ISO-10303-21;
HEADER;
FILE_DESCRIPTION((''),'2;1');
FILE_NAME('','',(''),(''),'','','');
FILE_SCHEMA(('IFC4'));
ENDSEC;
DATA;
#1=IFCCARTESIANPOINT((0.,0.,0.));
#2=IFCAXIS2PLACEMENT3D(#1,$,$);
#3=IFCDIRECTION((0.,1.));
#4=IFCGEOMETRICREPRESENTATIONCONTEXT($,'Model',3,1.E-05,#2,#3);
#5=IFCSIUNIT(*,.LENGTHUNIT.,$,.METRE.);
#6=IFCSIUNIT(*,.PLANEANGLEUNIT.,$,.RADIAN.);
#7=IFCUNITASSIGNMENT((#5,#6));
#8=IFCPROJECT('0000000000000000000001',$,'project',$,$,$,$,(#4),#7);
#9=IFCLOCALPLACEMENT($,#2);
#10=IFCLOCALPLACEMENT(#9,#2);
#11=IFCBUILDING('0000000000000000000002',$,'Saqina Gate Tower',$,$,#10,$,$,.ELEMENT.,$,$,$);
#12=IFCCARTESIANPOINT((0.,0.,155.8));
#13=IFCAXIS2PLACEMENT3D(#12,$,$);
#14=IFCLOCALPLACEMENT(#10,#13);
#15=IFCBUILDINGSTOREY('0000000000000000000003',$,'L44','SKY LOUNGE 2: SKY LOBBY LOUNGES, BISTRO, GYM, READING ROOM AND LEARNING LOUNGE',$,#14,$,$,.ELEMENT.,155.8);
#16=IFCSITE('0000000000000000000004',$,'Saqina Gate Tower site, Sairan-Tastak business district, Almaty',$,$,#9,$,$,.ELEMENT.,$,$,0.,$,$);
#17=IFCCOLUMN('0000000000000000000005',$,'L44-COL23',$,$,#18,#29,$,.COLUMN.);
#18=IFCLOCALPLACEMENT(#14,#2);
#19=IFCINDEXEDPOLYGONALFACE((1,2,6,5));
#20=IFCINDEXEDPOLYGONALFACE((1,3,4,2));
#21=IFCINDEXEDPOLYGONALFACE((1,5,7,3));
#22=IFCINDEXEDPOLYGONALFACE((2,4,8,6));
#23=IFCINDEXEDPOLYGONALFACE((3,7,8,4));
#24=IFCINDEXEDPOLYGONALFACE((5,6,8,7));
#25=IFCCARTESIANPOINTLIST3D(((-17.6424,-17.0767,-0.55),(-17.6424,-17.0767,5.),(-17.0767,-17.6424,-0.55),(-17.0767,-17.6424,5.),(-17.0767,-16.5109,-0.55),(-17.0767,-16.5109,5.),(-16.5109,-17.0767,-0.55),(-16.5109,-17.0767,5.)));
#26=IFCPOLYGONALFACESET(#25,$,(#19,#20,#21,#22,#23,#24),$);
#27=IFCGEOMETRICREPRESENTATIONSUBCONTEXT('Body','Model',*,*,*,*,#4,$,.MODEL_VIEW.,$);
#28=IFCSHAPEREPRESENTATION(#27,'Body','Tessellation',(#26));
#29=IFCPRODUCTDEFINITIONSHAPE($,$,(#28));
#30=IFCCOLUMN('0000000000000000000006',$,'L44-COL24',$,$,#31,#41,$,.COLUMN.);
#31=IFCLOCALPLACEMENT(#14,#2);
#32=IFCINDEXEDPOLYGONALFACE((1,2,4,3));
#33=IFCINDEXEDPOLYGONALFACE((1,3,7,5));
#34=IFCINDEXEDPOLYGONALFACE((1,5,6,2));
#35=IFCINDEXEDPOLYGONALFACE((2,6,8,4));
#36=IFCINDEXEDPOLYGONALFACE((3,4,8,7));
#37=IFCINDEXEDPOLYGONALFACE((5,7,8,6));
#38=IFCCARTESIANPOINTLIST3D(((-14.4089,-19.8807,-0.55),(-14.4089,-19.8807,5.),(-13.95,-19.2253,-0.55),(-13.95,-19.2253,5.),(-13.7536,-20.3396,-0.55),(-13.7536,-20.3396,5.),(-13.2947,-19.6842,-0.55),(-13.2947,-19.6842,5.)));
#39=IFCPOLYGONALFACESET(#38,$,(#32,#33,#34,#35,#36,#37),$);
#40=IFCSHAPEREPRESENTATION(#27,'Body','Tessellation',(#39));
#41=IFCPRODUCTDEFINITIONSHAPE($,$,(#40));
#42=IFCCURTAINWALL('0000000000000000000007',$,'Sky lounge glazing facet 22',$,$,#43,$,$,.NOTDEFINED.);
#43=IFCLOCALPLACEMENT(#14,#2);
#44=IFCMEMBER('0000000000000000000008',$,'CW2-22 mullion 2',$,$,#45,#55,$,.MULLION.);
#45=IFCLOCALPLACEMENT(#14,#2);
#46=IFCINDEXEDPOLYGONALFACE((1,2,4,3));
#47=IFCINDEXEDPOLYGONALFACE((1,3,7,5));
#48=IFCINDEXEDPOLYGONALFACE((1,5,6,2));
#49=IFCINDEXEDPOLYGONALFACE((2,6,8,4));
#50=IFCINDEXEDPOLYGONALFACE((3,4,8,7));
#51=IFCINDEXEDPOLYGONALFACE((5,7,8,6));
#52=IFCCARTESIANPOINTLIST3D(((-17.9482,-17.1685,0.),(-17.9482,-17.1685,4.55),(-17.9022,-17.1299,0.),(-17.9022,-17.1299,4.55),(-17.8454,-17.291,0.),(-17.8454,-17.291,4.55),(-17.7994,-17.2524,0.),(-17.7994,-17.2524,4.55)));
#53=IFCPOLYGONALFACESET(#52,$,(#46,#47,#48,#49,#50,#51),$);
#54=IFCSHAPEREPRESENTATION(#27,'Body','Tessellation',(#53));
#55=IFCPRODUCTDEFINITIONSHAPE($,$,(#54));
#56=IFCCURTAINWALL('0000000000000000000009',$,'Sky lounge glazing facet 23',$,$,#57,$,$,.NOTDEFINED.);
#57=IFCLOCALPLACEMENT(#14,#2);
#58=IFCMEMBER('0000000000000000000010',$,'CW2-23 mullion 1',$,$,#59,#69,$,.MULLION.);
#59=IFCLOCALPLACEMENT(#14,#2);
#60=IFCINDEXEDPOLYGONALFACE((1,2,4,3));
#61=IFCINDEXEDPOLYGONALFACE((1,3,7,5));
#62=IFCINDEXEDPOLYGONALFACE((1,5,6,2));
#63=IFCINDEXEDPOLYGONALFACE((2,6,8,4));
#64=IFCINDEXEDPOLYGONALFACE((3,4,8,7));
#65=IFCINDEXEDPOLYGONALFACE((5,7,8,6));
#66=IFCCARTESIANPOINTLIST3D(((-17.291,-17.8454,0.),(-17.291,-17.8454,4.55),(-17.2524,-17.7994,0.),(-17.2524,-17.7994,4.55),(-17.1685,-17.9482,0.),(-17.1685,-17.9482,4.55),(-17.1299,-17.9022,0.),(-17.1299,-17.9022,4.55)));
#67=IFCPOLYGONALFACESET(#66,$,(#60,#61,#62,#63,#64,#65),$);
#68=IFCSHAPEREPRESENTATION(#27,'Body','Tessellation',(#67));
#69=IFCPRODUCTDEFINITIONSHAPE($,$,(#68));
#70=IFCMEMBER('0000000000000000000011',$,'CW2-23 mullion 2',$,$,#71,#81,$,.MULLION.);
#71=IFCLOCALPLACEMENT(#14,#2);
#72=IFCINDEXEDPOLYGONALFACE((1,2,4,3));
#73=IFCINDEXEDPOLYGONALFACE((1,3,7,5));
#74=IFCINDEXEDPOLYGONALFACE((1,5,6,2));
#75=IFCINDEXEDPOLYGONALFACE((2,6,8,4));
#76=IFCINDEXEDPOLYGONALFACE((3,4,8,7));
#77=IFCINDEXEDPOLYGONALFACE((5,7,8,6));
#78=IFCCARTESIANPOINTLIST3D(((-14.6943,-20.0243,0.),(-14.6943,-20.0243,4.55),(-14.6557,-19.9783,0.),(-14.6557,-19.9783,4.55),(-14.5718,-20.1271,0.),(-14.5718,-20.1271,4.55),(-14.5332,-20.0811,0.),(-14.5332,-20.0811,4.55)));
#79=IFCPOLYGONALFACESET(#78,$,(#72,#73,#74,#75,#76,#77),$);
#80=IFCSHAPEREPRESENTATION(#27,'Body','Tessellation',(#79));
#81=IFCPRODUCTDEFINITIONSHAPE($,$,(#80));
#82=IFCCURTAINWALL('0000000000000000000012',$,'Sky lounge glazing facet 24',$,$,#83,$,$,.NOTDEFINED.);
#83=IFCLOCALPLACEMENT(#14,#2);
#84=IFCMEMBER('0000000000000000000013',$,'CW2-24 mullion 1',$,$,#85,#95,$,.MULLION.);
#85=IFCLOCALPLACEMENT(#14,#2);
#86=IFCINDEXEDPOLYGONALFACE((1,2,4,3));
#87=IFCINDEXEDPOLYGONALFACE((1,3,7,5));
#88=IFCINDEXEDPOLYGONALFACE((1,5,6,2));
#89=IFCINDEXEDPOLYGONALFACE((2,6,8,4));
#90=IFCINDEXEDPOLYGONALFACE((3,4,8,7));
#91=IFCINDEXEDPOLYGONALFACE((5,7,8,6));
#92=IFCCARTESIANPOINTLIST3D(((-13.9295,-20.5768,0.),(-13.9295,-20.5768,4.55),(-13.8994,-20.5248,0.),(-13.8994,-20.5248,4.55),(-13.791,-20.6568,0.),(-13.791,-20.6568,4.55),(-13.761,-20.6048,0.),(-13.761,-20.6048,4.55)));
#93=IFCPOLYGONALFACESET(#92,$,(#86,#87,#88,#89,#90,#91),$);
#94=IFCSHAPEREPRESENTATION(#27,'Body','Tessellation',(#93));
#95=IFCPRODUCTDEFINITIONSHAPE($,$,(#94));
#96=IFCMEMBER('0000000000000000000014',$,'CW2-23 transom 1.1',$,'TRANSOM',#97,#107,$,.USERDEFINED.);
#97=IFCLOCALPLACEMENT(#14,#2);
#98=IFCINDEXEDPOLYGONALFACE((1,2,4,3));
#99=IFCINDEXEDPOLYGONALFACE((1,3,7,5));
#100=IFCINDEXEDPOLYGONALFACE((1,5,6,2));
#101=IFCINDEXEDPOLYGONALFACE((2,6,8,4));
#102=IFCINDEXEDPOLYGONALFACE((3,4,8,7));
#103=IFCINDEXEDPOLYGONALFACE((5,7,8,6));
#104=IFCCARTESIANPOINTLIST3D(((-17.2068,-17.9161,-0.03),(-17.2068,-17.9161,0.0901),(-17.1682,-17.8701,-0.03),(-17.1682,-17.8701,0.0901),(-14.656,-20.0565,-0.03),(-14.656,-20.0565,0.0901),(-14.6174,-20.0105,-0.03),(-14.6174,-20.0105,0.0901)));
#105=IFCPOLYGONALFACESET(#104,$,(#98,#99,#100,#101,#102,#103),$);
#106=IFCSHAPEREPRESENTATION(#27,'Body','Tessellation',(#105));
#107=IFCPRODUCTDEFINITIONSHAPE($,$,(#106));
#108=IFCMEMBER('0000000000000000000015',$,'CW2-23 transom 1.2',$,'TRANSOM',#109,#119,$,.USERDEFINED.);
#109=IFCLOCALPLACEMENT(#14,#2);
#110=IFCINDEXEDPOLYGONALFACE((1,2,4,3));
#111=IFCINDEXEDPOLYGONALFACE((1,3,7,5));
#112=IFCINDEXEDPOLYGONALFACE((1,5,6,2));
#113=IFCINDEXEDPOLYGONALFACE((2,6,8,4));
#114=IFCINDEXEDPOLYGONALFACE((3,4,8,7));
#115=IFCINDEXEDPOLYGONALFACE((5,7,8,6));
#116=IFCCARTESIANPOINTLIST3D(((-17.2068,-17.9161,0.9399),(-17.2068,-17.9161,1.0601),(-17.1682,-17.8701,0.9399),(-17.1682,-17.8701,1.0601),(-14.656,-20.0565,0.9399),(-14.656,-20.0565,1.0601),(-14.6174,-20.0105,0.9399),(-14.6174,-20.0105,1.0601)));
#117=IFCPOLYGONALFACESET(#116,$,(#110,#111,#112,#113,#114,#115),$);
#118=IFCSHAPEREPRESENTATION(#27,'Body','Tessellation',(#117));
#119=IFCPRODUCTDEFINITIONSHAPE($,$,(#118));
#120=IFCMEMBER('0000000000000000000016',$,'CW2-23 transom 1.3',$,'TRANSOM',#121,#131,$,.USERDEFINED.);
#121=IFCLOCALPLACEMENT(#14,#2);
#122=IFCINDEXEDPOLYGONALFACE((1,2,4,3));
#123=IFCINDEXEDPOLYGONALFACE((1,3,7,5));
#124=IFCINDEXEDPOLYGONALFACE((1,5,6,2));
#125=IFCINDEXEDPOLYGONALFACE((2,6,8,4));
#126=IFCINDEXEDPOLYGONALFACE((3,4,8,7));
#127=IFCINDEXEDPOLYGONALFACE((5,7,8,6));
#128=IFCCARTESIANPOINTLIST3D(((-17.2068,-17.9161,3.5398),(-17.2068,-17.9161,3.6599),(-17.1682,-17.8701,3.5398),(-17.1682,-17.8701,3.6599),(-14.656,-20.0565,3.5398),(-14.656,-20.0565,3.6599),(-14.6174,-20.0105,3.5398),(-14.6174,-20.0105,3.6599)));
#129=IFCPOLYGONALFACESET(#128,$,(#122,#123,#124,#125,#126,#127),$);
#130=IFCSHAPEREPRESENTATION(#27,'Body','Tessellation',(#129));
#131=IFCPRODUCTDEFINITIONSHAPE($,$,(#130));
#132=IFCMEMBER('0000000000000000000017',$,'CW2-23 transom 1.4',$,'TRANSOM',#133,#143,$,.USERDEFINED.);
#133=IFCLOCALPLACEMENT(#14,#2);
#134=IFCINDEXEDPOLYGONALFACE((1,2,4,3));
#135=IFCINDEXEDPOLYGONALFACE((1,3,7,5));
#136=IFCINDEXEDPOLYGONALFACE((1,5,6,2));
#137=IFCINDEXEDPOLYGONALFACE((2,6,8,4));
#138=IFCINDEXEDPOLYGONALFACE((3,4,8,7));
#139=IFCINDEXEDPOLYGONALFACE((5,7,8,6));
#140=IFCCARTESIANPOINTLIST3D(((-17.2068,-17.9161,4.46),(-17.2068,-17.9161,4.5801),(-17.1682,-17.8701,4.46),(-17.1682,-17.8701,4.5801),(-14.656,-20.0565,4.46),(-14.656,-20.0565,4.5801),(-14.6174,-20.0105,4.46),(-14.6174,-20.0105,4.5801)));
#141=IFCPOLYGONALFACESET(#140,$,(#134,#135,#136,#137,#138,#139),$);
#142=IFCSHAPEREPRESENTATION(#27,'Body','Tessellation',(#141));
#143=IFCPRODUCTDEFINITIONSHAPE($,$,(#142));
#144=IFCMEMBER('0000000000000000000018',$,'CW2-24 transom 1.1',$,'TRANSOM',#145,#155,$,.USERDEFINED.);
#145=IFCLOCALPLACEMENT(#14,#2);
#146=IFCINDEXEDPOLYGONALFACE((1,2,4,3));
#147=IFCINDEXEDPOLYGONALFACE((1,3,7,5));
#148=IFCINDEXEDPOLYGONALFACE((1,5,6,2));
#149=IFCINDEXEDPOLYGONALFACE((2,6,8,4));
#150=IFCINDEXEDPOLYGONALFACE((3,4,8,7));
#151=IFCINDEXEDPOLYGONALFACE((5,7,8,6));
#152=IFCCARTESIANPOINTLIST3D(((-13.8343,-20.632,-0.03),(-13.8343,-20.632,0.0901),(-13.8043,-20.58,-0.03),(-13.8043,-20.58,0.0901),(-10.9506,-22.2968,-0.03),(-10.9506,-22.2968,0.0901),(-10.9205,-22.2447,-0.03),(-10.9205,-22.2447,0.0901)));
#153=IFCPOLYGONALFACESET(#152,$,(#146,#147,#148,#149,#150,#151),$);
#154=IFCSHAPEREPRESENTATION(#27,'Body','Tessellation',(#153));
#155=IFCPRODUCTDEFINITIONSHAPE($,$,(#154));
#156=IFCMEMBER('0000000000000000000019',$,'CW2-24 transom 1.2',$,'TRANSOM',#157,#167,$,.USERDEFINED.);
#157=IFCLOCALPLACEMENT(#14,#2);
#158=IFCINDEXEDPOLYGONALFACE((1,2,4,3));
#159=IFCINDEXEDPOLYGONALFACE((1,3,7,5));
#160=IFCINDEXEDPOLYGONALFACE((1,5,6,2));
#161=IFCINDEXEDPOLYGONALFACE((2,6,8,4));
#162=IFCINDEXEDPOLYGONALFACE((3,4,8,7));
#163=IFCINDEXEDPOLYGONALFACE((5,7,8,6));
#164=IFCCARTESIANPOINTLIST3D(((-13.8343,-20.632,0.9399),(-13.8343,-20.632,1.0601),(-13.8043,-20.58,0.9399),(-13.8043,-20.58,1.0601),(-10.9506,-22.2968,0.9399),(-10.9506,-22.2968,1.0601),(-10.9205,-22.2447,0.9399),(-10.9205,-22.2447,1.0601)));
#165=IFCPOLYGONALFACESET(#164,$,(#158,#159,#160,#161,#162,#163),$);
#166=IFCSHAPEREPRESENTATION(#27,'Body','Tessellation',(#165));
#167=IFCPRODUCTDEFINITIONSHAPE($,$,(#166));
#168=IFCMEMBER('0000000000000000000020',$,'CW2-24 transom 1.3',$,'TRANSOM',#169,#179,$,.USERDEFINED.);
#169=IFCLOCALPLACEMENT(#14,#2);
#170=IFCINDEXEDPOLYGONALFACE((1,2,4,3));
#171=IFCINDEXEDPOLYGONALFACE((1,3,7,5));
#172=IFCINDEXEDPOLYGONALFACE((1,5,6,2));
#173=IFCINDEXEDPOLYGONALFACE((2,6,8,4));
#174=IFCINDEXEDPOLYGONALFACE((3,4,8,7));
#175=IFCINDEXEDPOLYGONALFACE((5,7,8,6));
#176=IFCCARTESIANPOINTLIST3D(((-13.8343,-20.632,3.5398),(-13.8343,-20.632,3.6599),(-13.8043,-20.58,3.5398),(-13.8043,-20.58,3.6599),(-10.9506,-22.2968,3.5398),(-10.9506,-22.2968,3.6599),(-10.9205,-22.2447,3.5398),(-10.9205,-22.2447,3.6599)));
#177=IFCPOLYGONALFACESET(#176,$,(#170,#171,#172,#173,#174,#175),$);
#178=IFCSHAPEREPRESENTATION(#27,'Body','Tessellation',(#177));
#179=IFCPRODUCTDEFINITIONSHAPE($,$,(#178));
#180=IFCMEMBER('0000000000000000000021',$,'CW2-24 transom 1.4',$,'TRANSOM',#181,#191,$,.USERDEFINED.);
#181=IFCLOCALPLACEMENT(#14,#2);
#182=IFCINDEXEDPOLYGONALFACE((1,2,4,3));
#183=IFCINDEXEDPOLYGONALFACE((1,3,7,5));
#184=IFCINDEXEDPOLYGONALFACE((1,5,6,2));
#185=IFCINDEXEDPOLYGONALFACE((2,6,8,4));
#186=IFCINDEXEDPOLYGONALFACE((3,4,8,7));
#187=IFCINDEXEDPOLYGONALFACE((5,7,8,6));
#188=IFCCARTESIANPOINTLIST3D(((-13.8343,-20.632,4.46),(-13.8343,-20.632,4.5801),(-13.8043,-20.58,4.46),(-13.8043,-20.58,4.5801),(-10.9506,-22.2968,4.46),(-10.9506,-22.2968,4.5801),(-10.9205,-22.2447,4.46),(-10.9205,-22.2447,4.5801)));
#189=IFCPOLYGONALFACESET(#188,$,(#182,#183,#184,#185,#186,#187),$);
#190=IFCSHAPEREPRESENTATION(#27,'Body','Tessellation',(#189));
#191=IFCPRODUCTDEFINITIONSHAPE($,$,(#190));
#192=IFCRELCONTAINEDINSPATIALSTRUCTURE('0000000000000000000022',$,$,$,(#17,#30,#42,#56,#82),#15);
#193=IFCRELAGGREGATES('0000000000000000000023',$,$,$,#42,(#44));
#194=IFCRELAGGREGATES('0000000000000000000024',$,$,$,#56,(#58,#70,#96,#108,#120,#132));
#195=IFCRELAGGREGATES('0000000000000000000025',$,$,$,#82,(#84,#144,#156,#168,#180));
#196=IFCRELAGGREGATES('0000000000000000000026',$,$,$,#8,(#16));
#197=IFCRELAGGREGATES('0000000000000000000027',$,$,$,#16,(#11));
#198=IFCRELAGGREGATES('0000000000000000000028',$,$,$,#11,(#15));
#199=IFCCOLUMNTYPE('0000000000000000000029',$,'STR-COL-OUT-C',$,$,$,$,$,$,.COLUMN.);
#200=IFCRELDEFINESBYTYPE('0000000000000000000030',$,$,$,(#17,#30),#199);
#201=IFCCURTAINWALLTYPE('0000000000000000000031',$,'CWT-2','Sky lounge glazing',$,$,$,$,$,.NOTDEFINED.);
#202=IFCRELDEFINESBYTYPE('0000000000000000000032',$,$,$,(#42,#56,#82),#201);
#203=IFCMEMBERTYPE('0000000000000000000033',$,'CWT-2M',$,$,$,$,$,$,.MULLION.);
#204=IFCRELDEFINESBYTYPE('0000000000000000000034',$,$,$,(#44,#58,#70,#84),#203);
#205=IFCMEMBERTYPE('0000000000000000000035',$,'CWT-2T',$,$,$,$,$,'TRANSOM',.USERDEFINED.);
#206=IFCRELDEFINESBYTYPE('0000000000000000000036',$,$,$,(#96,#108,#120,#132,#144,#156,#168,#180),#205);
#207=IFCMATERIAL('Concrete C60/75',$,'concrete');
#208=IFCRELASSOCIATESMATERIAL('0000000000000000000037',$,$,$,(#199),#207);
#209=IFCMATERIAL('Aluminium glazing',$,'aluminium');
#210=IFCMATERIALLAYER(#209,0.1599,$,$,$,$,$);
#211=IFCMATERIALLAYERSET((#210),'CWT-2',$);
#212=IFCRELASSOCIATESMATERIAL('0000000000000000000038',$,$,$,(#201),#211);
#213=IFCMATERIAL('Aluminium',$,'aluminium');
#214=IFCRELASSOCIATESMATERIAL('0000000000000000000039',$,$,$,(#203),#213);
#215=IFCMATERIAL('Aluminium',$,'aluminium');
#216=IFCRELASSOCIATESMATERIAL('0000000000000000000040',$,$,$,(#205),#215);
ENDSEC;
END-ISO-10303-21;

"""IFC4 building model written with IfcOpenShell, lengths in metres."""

from ifc_helpers import new_model, si_unit, direction, frame, origin, origin_2d, place, context, subcontext, project, spatial, rectangle, extrude, material, layer, layer_set, material_profile, profile_set, type_object, element, aggregate, save


model = new_model("IFC4")

# Units and contexts
model_context = context("Model", 3, precision=1e-05, world=origin(), true_north=direction((0.0, 1.0)))
body_context = subcontext(model_context, "Body", "Model", "MODEL_VIEW")
ifc_project = project(units=[si_unit("LENGTHUNIT", "METRE"), si_unit("PLANEANGLEUNIT", "RADIAN")], contexts=[model_context])

# Site, building, storey
site_placement = place(None, origin())
site = spatial("IfcSite", under=ifc_project, at=site_placement, Name="Saqina Gate Tower site, Sairan-Tastak business district, Almaty", CompositionType="ELEMENT", RefElevation=0.0)
building_placement = place(site_placement, origin())
building = spatial("IfcBuilding", under=site, at=building_placement, Name="Saqina Gate Tower", CompositionType="ELEMENT")
storey_placement = place(building_placement, frame((0.0, 0.0, 155.8)))
storey = spatial("IfcBuildingStorey", under=building, at=storey_placement, Name="L44", Description="SKY LOUNGE 2: SKY LOBBY LOUNGES, BISTRO, GYM, READING ROOM AND LEARNING LOUNGE", CompositionType="ELEMENT", Elevation=155.8)

# Columns
ifc_material_1 = material(Name="Concrete C60/75", Category="concrete")
ifc_material_profile_1 = material_profile(ifc_material_1, rectangle(XDim=0.8, YDim=0.8, at=origin_2d()), Name="RC 800x800")
ifc_profile_set_1 = profile_set([ifc_material_profile_1], Name="Concrete C60/75")
column_type = type_object("IfcColumnType", Name="STR-COL-OUT-C", PredefinedType="COLUMN", material=ifc_profile_set_1)
for number, where, z_axis, x_axis, name in (
    (1, (-17.0767, -17.0767, -0.55), (0.0, 0.0, 1.0), (-0.707107, -0.707107, 0.0), "L44-COL23"),
    (2, (-13.8518, -19.7825, -0.55), (0.0, 0.0, 1.0), (-0.573576, -0.819152, 0.0), "L44-COL24"),
):
    element("IfcColumn", number, at=place(storey_placement, frame(where, z_axis=z_axis, x_axis=x_axis)), inside=storey, type_object=column_type, Name=name, PredefinedType="COLUMN", context=body_context, shape_type="SweptSolid", body=[
        extrude(rectangle(XDim=0.8, YDim=0.8, at=origin_2d()), origin(), (0.0, 0.0, 1.0), 5.55),
    ])

# Curtain wall, member
ifc_material_2 = material(Name="Aluminium glazing", Category="aluminium")
ifc_layer_1 = layer(ifc_material_2, 0.1599)
ifc_layer_set_1 = layer_set([ifc_layer_1], Name="CWT-2")
curtain_wall_type = type_object("IfcCurtainWallType", Name="CWT-2", Description="Sky lounge glazing", PredefinedType="NOTDEFINED", material=ifc_layer_set_1)
curtain_wall_1_placement = place(storey_placement, origin())
curtain_wall_1 = element("IfcCurtainWall", 3, at=curtain_wall_1_placement, inside=storey, type_object=curtain_wall_type, Name="Sky lounge glazing facet 22", PredefinedType="NOTDEFINED")
ifc_material_3 = material(Name="Aluminium", Category="aluminium")
ifc_material_profile_2 = material_profile(ifc_material_3, rectangle(XDim=0.0601, YDim=0.1599, at=origin_2d()), Name="Aluminium 60x160")
ifc_profile_set_2 = profile_set([ifc_material_profile_2], Name="Aluminium")
member_type_1 = type_object("IfcMemberType", Name="CWT-2M", PredefinedType="MULLION", material=ifc_profile_set_2)
member_1_placement = place(storey_placement, frame((-17.8738, -17.2104, 0.0), z_axis=(0.0, 0.0, 1.0), x_axis=(0.766043, 0.64279, 0.0)))
member_1 = element("IfcMember", 4, at=member_1_placement, type_object=member_type_1, Name="CW2-22 mullion 2", PredefinedType="MULLION", context=body_context, shape_type="SweptSolid", body=[
    extrude(rectangle(XDim=0.0601, YDim=0.1599, at=origin_2d()), origin(), (0.0, 0.0, 1.0), 4.55),
])

# Curtain wall, members
curtain_wall_2_placement = place(storey_placement, origin())
curtain_wall_2 = element("IfcCurtainWall", 5, at=curtain_wall_2_placement, inside=storey, type_object=curtain_wall_type, Name="Sky lounge glazing facet 23", PredefinedType="NOTDEFINED")
member_2_placement = place(storey_placement, frame((-17.2104, -17.8738, 0.0), z_axis=(0.0, 0.0, 1.0), x_axis=(0.64279, 0.766043, 0.0)))
member_2 = element("IfcMember", 6, at=member_2_placement, type_object=member_type_1, Name="CW2-23 mullion 1", PredefinedType="MULLION", context=body_context, shape_type="SweptSolid", body=[
    extrude(rectangle(XDim=0.0601, YDim=0.1599, at=origin_2d()), origin(), (0.0, 0.0, 1.0), 4.55),
])
member_3_placement = place(storey_placement, frame((-14.6138, -20.0527, 0.0), z_axis=(0.0, 0.0, 1.0), x_axis=(0.64279, 0.766043, 0.0)))
member_3 = element("IfcMember", 7, at=member_3_placement, type_object=member_type_1, Name="CW2-23 mullion 2", PredefinedType="MULLION", context=body_context, shape_type="SweptSolid", body=[
    extrude(rectangle(XDim=0.0601, YDim=0.1599, at=origin_2d()), origin(), (0.0, 0.0, 1.0), 4.55),
])

# Curtain wall, member
curtain_wall_3_placement = place(storey_placement, origin())
curtain_wall_3 = element("IfcCurtainWall", 8, at=curtain_wall_3_placement, inside=storey, type_object=curtain_wall_type, Name="Sky lounge glazing facet 24", PredefinedType="NOTDEFINED")
member_4_placement = place(storey_placement, frame((-13.8452, -20.5908, 0.0), z_axis=(0.0, 0.0, 1.0), x_axis=(0.500014, 0.866017, 0.0)))
member_4 = element("IfcMember", 9, at=member_4_placement, type_object=member_type_1, Name="CW2-24 mullion 1", PredefinedType="MULLION", context=body_context, shape_type="SweptSolid", body=[
    extrude(rectangle(XDim=0.0601, YDim=0.1599, at=origin_2d()), origin(), (0.0, 0.0, 1.0), 4.55),
])

# Members
ifc_material_4 = material(Name="Aluminium", Category="aluminium")
ifc_material_profile_3 = material_profile(ifc_material_4, rectangle(XDim=0.0601, YDim=0.1201, at=origin_2d()), Name="Aluminium 60x120")
ifc_profile_set_3 = profile_set([ifc_material_profile_3], Name="Aluminium")
member_type_2 = type_object("IfcMemberType", Name="CWT-2T", ElementType="TRANSOM", PredefinedType="USERDEFINED", material=ifc_profile_set_3)
member_5_placement = place(storey_placement, frame((-17.1875, -17.8931, 0.03), z_axis=(0.766041, -0.642791, 0.0), x_axis=(0.642791, 0.766041, 0.0)))
member_5 = element("IfcMember", 10, at=member_5_placement, type_object=member_type_2, Name="CW2-23 transom 1.1", ObjectType="TRANSOM", PredefinedType="USERDEFINED", context=body_context, shape_type="SweptSolid", body=[
    extrude(rectangle(XDim=0.0601, YDim=0.1201, at=origin_2d()), origin(), (0.0, 0.0, 1.0), 3.3298),
])
member_6_placement = place(storey_placement, frame((-17.1875, -17.8931, 1.0), z_axis=(0.766041, -0.642791, 0.0), x_axis=(0.642791, 0.766041, 0.0)))
member_6 = element("IfcMember", 11, at=member_6_placement, type_object=member_type_2, Name="CW2-23 transom 1.2", ObjectType="TRANSOM", PredefinedType="USERDEFINED", context=body_context, shape_type="SweptSolid", body=[
    extrude(rectangle(XDim=0.0601, YDim=0.1201, at=origin_2d()), origin(), (0.0, 0.0, 1.0), 3.3298),
])
member_7_placement = place(storey_placement, frame((-17.1875, -17.8931, 3.5999), z_axis=(0.766041, -0.642791, 0.0), x_axis=(0.642791, 0.766041, 0.0)))
member_7 = element("IfcMember", 12, at=member_7_placement, type_object=member_type_2, Name="CW2-23 transom 1.3", ObjectType="TRANSOM", PredefinedType="USERDEFINED", context=body_context, shape_type="SweptSolid", body=[
    extrude(rectangle(XDim=0.0601, YDim=0.1201, at=origin_2d()), origin(), (0.0, 0.0, 1.0), 3.3298),
])
member_8_placement = place(storey_placement, frame((-17.1875, -17.8931, 4.52), z_axis=(0.766041, -0.642791, 0.0), x_axis=(0.642791, 0.766041, 0.0)))
member_8 = element("IfcMember", 13, at=member_8_placement, type_object=member_type_2, Name="CW2-23 transom 1.4", ObjectType="TRANSOM", PredefinedType="USERDEFINED", context=body_context, shape_type="SweptSolid", body=[
    extrude(rectangle(XDim=0.0601, YDim=0.1201, at=origin_2d()), origin(), (0.0, 0.0, 1.0), 3.3298),
])
member_9_placement = place(storey_placement, frame((-13.8193, -20.606, 0.03), z_axis=(0.866046, -0.499964, 0.0), x_axis=(0.499964, 0.866046, 0.0)))
member_9 = element("IfcMember", 14, at=member_9_placement, type_object=member_type_2, Name="CW2-24 transom 1.1", ObjectType="TRANSOM", PredefinedType="USERDEFINED", context=body_context, shape_type="SweptSolid", body=[
    extrude(rectangle(XDim=0.0601, YDim=0.1201, at=origin_2d()), origin(), (0.0, 0.0, 1.0), 3.3298),
])
member_10_placement = place(storey_placement, frame((-13.8193, -20.606, 1.0), z_axis=(0.866046, -0.499964, 0.0), x_axis=(0.499964, 0.866046, 0.0)))
member_10 = element("IfcMember", 15, at=member_10_placement, type_object=member_type_2, Name="CW2-24 transom 1.2", ObjectType="TRANSOM", PredefinedType="USERDEFINED", context=body_context, shape_type="SweptSolid", body=[
    extrude(rectangle(XDim=0.0601, YDim=0.1201, at=origin_2d()), origin(), (0.0, 0.0, 1.0), 3.3298),
])
member_11_placement = place(storey_placement, frame((-13.8193, -20.606, 3.5999), z_axis=(0.866046, -0.499964, 0.0), x_axis=(0.499964, 0.866046, 0.0)))
member_11 = element("IfcMember", 16, at=member_11_placement, type_object=member_type_2, Name="CW2-24 transom 1.3", ObjectType="TRANSOM", PredefinedType="USERDEFINED", context=body_context, shape_type="SweptSolid", body=[
    extrude(rectangle(XDim=0.0601, YDim=0.1201, at=origin_2d()), origin(), (0.0, 0.0, 1.0), 3.3298),
])
member_12_placement = place(storey_placement, frame((-13.8193, -20.606, 4.52), z_axis=(0.866046, -0.499964, 0.0), x_axis=(0.499964, 0.866046, 0.0)))
member_12 = element("IfcMember", 17, at=member_12_placement, type_object=member_type_2, Name="CW2-24 transom 1.4", ObjectType="TRANSOM", PredefinedType="USERDEFINED", context=body_context, shape_type="SweptSolid", body=[
    extrude(rectangle(XDim=0.0601, YDim=0.1201, at=origin_2d()), origin(), (0.0, 0.0, 1.0), 3.3298),
])

aggregate(curtain_wall_1, [member_1])
aggregate(curtain_wall_2, [member_2, member_3, member_5, member_6, member_7, member_8])
aggregate(curtain_wall_3, [member_4, member_9, member_10, member_11, member_12])

save(model, "model.ifc")
